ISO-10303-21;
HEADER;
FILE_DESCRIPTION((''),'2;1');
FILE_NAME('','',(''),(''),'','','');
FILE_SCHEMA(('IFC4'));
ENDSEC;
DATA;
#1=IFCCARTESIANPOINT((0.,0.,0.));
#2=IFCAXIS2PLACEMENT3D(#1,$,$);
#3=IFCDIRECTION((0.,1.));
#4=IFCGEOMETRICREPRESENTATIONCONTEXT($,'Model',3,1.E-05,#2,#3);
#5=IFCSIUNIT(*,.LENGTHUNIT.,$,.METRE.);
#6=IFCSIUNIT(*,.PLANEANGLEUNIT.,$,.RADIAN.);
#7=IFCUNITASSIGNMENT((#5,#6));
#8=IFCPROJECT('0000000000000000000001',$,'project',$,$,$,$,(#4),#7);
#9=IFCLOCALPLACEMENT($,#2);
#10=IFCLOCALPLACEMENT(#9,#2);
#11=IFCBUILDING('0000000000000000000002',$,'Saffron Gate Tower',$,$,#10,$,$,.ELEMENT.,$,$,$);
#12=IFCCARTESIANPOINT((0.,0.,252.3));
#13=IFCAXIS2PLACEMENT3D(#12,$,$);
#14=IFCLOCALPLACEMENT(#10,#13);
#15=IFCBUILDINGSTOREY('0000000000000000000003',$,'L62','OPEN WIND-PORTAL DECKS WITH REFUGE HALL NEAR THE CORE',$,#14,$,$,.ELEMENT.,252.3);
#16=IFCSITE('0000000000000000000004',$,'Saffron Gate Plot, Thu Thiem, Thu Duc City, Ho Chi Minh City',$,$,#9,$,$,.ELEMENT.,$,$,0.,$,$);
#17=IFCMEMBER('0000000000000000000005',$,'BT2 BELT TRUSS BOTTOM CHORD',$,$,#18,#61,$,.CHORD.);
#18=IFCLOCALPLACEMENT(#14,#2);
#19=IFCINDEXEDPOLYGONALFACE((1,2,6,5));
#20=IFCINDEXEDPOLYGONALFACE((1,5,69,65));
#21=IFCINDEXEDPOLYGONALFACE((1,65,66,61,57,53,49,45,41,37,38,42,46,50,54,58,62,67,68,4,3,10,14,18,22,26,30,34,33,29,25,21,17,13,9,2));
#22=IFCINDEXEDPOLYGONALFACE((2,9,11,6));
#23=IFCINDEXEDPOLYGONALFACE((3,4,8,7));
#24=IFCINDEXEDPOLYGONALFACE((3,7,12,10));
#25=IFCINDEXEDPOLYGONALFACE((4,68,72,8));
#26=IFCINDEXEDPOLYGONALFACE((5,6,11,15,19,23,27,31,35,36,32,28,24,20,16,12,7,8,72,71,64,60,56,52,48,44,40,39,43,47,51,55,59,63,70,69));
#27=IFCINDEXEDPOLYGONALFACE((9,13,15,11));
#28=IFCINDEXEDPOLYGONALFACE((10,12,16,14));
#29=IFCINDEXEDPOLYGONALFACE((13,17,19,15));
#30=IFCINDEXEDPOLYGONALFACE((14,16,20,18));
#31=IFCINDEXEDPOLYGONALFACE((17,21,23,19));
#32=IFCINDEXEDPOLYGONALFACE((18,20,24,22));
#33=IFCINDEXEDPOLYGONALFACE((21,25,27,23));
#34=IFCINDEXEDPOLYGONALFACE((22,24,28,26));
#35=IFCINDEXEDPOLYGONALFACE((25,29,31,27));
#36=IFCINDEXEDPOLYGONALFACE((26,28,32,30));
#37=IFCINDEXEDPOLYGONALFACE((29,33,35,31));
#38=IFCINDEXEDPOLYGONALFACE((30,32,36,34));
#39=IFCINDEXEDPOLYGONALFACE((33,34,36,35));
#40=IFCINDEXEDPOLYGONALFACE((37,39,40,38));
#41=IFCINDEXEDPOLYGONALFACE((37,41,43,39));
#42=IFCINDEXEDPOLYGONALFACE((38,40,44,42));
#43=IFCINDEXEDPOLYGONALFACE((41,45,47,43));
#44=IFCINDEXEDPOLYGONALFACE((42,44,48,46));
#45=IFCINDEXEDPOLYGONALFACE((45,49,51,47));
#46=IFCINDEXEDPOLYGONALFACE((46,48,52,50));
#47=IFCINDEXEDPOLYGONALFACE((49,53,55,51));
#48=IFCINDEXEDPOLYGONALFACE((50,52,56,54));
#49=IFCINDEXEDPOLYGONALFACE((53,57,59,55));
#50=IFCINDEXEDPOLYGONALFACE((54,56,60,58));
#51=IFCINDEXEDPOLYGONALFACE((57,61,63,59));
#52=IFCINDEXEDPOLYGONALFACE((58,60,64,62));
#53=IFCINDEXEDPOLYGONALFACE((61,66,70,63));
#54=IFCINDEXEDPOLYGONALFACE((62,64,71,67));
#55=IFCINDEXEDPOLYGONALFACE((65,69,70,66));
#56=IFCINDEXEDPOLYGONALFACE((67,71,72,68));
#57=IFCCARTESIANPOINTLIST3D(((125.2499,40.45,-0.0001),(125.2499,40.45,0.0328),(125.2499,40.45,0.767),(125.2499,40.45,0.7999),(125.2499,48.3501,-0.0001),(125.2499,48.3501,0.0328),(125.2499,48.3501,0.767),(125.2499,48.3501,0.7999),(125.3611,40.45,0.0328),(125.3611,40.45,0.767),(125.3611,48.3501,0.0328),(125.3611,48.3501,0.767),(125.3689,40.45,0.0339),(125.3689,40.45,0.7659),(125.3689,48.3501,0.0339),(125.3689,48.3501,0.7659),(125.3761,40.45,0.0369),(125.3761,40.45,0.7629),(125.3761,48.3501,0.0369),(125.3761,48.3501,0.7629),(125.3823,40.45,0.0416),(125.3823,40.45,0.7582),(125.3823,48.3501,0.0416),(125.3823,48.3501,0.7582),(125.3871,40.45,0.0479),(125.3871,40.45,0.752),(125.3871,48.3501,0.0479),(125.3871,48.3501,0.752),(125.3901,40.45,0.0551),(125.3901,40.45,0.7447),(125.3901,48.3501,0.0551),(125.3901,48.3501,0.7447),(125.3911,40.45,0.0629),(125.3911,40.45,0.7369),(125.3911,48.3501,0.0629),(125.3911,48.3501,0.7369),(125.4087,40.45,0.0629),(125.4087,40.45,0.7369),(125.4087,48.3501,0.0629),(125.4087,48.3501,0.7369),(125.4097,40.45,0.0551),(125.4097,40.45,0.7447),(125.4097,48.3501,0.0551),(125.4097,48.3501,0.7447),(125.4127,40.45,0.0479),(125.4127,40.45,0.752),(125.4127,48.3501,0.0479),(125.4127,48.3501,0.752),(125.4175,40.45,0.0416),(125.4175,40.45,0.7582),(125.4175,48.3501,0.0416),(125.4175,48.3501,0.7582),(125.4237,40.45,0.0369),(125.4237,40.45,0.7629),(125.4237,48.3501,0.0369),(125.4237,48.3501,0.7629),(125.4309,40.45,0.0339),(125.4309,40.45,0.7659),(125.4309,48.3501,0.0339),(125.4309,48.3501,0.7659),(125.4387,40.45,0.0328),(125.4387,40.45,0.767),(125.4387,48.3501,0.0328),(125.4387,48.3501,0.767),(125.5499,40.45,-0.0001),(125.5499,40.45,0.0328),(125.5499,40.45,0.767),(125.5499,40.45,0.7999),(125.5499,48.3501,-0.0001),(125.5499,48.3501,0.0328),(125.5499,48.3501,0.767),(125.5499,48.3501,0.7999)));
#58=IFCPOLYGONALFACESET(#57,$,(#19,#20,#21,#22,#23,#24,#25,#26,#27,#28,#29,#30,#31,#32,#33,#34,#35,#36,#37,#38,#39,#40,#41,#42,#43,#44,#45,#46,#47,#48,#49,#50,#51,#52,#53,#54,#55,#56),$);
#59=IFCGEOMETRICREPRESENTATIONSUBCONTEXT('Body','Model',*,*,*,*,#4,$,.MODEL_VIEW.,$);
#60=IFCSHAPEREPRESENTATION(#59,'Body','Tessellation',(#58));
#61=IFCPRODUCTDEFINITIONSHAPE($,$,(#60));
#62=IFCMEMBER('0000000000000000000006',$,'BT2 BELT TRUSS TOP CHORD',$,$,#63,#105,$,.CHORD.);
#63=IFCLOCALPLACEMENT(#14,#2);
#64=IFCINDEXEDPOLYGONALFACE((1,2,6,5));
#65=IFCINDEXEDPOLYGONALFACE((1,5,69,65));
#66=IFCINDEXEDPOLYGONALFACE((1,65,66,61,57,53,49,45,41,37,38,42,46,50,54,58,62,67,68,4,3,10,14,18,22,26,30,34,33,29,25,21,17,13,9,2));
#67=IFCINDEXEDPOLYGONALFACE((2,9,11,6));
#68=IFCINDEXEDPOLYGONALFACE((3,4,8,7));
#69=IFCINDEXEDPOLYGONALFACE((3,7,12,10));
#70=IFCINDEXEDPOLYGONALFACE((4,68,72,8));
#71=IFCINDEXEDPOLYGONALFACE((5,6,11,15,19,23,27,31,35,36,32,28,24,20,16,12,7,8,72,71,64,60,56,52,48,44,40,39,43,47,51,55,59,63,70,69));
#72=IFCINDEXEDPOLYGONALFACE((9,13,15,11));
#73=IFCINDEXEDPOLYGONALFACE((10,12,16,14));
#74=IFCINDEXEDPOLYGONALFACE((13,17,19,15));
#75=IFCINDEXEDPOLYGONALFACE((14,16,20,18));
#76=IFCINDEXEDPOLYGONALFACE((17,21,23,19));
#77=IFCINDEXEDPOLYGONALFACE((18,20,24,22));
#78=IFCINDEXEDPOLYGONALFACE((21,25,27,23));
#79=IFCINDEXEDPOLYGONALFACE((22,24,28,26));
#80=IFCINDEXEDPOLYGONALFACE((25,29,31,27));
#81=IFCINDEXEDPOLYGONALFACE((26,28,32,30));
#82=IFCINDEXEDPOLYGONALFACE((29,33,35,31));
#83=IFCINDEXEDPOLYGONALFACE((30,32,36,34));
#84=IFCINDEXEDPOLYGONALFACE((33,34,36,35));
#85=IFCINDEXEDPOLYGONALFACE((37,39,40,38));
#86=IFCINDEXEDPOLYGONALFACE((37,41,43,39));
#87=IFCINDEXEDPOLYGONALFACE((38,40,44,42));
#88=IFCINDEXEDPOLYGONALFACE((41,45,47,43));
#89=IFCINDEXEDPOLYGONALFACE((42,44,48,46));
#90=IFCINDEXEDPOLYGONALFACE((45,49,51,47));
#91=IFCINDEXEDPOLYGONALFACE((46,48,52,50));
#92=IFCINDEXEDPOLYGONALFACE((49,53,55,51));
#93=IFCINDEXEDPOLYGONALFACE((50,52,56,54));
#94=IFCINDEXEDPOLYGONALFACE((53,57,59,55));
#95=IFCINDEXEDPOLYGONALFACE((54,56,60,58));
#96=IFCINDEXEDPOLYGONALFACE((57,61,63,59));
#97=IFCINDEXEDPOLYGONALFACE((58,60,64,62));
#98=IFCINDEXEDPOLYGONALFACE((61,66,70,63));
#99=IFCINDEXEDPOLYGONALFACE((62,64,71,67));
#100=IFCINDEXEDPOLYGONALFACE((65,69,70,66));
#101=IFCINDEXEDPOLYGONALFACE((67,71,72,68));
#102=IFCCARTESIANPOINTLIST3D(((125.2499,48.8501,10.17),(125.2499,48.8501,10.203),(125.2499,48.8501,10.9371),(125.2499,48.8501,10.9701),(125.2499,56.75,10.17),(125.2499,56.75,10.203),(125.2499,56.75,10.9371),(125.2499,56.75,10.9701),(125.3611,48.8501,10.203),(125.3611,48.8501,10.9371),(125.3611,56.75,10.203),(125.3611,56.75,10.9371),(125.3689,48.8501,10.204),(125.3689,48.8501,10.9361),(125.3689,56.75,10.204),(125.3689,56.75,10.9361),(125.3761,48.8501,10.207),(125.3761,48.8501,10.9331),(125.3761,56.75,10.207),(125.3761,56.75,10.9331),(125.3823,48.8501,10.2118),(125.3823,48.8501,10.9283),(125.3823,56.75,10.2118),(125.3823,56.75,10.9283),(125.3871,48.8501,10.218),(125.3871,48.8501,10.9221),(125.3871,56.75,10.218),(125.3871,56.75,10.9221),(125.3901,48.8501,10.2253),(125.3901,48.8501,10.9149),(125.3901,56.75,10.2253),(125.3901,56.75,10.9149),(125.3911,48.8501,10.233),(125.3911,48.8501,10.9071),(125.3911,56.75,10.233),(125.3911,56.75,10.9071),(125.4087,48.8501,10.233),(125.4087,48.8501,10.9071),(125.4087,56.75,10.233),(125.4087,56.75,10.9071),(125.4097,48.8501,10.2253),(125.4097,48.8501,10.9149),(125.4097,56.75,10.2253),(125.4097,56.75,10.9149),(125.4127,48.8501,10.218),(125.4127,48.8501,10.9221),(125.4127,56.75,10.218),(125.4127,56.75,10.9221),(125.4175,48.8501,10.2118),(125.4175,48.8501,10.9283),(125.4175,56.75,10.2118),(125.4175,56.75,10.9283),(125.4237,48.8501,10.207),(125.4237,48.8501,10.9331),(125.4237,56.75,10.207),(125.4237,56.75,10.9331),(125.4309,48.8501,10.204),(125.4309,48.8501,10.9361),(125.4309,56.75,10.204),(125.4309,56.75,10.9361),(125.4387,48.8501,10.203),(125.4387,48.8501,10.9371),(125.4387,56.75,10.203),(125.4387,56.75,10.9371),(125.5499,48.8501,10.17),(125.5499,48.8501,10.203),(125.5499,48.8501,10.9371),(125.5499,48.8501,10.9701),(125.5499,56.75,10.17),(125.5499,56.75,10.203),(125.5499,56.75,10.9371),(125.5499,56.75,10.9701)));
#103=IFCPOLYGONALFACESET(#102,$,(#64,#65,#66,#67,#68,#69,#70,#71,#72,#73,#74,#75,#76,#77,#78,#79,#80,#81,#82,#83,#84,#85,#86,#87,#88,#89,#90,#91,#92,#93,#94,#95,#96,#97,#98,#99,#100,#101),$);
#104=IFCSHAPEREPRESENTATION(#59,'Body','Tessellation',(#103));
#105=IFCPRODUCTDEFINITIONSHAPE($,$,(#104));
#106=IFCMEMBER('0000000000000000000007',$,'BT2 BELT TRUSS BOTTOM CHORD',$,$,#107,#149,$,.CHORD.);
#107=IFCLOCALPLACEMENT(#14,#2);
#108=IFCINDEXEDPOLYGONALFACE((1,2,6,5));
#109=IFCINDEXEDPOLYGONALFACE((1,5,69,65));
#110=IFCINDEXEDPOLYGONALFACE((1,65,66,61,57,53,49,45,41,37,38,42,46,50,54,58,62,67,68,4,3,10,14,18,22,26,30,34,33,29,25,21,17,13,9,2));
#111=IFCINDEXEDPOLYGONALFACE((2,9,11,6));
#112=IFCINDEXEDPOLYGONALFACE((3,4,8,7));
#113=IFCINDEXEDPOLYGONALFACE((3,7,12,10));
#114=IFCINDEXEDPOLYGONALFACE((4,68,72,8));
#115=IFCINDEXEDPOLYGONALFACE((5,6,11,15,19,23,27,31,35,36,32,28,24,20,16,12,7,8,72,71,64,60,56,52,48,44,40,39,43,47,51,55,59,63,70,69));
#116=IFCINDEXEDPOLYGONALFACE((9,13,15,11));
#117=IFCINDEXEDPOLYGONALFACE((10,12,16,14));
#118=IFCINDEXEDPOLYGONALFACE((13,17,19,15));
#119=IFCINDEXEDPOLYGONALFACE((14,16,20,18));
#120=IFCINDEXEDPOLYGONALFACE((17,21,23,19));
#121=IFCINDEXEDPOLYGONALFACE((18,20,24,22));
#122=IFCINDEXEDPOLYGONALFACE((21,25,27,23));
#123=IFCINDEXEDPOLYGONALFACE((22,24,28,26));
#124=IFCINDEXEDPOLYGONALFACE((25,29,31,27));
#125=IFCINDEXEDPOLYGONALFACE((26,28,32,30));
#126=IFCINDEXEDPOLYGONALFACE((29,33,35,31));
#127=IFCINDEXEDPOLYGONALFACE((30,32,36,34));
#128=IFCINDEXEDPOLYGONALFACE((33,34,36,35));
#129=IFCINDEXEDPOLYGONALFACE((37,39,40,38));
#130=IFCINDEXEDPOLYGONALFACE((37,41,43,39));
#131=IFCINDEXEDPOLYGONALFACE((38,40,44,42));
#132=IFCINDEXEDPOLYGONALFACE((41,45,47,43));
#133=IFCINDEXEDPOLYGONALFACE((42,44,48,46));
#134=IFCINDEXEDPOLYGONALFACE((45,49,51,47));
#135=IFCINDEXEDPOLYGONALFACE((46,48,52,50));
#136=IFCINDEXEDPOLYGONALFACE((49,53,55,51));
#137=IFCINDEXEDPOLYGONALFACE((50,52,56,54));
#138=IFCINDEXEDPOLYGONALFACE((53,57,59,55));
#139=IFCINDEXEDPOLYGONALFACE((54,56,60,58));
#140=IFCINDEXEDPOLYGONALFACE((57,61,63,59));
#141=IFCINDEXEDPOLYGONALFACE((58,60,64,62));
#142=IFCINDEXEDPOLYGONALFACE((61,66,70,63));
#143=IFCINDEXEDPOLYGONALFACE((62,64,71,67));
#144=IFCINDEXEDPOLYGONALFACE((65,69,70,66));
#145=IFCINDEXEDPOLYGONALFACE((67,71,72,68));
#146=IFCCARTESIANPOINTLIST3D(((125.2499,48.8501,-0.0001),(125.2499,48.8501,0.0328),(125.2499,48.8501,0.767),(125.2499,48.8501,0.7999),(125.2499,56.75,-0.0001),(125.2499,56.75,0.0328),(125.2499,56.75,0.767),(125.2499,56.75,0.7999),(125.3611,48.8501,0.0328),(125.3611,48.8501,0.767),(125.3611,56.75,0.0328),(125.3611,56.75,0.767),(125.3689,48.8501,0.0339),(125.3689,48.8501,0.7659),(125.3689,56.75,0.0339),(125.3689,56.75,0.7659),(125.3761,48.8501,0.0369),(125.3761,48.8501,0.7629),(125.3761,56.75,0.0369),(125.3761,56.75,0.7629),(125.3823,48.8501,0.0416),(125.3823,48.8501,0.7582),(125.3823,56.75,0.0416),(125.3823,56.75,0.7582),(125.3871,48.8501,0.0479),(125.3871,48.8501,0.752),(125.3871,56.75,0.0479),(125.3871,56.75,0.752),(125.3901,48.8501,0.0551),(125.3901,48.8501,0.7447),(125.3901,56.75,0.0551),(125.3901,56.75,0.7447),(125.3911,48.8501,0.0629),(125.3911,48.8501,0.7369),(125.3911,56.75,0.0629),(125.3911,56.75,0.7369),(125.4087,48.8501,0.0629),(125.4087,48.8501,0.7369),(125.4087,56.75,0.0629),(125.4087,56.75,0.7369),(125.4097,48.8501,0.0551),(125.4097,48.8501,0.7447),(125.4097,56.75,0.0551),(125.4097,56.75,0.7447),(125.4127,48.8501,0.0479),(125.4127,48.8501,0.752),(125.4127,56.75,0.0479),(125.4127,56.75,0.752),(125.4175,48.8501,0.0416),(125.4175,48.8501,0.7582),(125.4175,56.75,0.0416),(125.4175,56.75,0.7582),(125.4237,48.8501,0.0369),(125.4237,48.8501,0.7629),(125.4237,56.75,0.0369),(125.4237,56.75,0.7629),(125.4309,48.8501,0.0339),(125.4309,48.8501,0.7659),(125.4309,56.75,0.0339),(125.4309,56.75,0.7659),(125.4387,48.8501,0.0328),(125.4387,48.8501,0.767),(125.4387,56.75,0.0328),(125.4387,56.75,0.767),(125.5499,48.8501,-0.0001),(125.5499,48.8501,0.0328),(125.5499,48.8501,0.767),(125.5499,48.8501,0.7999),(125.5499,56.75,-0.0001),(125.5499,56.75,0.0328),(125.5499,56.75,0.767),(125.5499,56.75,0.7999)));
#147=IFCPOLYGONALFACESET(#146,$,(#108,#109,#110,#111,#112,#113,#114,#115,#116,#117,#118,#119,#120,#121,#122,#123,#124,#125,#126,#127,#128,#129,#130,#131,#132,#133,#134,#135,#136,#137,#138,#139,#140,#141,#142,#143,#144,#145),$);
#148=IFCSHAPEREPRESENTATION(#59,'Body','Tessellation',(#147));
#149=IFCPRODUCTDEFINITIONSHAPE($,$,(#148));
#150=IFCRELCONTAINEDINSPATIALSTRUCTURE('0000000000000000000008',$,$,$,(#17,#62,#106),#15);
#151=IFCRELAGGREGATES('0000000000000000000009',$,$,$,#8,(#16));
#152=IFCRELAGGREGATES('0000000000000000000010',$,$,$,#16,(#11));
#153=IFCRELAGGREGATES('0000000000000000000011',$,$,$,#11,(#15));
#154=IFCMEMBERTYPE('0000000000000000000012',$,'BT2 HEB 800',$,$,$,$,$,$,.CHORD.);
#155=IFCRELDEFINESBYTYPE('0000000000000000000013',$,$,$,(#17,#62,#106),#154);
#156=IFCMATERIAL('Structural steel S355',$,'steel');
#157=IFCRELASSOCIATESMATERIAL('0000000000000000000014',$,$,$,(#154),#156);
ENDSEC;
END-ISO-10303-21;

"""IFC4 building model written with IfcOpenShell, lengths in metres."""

from ifc_helpers import new_model, si_unit, direction, frame, origin, origin_2d, place, context, subcontext, project, spatial, i_section, extrude, material, material_profile, profile_set, type_object, element, save


model = new_model("IFC4")

# Units and contexts
model_context = context("Model", 3, precision=1e-05, world=origin(), true_north=direction((0.0, 1.0)))
body_context = subcontext(model_context, "Body", "Model", "MODEL_VIEW")
ifc_project = project(units=[si_unit("LENGTHUNIT", "METRE"), si_unit("PLANEANGLEUNIT", "RADIAN")], contexts=[model_context])

# Site, building, storey
site_placement = place(None, origin())
site = spatial("IfcSite", under=ifc_project, at=site_placement, Name="Saffron Gate Plot, Thu Thiem, Thu Duc City, Ho Chi Minh City", CompositionType="ELEMENT", RefElevation=0.0)
building_placement = place(site_placement, origin())
building = spatial("IfcBuilding", under=site, at=building_placement, Name="Saffron Gate Tower", CompositionType="ELEMENT")
storey_placement = place(building_placement, frame((0.0, 0.0, 252.3)))
storey = spatial("IfcBuildingStorey", under=building, at=storey_placement, Name="L62", Description="OPEN WIND-PORTAL DECKS WITH REFUGE HALL NEAR THE CORE", CompositionType="ELEMENT", Elevation=252.3)

# Shared definitions
ifc_material_1 = material(Name="Structural steel S355", Category="steel")

# Members
ifc_material_profile_1 = material_profile(ifc_material_1, i_section(OverallWidth=0.3, OverallDepth=0.8, WebThickness=0.0176, FlangeThickness=0.033, FilletRadius=0.03, at=origin_2d()))
ifc_profile_set_1 = profile_set([ifc_material_profile_1], Name="Structural steel S355")
member_type_1 = type_object("IfcMemberType", Name="BT2 HEB 800", PredefinedType="CHORD", material=ifc_profile_set_1)
for number, where, z_axis, x_axis, name in (
    (1, (125.3999, 40.45, 0.3999), (0.0, 1.0, 0.0), (-1.0, 0.0, 0.0), "BT2 BELT TRUSS BOTTOM CHORD"),
):
    element("IfcMember", number, at=place(storey_placement, frame(where, z_axis=z_axis, x_axis=x_axis)), inside=storey, type_object=member_type_1, Name=name, PredefinedType="CHORD", context=body_context, shape_type="SweptSolid", body=[
        extrude(i_section(OverallWidth=0.3, OverallDepth=0.8, WebThickness=0.0176, FlangeThickness=0.033, FilletRadius=0.03, at=origin_2d()), origin(), (0.0, 0.0, 1.0), 7.9001),
    ])
for number, where, z_axis, x_axis, name in (
    (2, (125.3999, 48.8501, 10.5701), (0.0, 1.0, 0.0), (-1.0, 0.0, 0.0), "BT2 BELT TRUSS TOP CHORD"),
    (3, (125.3999, 48.8501, 0.3999), (0.0, 1.0, 0.0), (-1.0, 0.0, 0.0), "BT2 BELT TRUSS BOTTOM CHORD"),
):
    element("IfcMember", number, at=place(storey_placement, frame(where, z_axis=z_axis, x_axis=x_axis)), inside=storey, type_object=member_type_1, Name=name, PredefinedType="CHORD", context=body_context, shape_type="SweptSolid", body=[
        extrude(i_section(OverallWidth=0.3, OverallDepth=0.8, WebThickness=0.0176, FlangeThickness=0.033, FilletRadius=0.03, at=origin_2d()), origin(), (0.0, 0.0, 1.0), 7.8999),
    ])

save(model, "model.ifc")
